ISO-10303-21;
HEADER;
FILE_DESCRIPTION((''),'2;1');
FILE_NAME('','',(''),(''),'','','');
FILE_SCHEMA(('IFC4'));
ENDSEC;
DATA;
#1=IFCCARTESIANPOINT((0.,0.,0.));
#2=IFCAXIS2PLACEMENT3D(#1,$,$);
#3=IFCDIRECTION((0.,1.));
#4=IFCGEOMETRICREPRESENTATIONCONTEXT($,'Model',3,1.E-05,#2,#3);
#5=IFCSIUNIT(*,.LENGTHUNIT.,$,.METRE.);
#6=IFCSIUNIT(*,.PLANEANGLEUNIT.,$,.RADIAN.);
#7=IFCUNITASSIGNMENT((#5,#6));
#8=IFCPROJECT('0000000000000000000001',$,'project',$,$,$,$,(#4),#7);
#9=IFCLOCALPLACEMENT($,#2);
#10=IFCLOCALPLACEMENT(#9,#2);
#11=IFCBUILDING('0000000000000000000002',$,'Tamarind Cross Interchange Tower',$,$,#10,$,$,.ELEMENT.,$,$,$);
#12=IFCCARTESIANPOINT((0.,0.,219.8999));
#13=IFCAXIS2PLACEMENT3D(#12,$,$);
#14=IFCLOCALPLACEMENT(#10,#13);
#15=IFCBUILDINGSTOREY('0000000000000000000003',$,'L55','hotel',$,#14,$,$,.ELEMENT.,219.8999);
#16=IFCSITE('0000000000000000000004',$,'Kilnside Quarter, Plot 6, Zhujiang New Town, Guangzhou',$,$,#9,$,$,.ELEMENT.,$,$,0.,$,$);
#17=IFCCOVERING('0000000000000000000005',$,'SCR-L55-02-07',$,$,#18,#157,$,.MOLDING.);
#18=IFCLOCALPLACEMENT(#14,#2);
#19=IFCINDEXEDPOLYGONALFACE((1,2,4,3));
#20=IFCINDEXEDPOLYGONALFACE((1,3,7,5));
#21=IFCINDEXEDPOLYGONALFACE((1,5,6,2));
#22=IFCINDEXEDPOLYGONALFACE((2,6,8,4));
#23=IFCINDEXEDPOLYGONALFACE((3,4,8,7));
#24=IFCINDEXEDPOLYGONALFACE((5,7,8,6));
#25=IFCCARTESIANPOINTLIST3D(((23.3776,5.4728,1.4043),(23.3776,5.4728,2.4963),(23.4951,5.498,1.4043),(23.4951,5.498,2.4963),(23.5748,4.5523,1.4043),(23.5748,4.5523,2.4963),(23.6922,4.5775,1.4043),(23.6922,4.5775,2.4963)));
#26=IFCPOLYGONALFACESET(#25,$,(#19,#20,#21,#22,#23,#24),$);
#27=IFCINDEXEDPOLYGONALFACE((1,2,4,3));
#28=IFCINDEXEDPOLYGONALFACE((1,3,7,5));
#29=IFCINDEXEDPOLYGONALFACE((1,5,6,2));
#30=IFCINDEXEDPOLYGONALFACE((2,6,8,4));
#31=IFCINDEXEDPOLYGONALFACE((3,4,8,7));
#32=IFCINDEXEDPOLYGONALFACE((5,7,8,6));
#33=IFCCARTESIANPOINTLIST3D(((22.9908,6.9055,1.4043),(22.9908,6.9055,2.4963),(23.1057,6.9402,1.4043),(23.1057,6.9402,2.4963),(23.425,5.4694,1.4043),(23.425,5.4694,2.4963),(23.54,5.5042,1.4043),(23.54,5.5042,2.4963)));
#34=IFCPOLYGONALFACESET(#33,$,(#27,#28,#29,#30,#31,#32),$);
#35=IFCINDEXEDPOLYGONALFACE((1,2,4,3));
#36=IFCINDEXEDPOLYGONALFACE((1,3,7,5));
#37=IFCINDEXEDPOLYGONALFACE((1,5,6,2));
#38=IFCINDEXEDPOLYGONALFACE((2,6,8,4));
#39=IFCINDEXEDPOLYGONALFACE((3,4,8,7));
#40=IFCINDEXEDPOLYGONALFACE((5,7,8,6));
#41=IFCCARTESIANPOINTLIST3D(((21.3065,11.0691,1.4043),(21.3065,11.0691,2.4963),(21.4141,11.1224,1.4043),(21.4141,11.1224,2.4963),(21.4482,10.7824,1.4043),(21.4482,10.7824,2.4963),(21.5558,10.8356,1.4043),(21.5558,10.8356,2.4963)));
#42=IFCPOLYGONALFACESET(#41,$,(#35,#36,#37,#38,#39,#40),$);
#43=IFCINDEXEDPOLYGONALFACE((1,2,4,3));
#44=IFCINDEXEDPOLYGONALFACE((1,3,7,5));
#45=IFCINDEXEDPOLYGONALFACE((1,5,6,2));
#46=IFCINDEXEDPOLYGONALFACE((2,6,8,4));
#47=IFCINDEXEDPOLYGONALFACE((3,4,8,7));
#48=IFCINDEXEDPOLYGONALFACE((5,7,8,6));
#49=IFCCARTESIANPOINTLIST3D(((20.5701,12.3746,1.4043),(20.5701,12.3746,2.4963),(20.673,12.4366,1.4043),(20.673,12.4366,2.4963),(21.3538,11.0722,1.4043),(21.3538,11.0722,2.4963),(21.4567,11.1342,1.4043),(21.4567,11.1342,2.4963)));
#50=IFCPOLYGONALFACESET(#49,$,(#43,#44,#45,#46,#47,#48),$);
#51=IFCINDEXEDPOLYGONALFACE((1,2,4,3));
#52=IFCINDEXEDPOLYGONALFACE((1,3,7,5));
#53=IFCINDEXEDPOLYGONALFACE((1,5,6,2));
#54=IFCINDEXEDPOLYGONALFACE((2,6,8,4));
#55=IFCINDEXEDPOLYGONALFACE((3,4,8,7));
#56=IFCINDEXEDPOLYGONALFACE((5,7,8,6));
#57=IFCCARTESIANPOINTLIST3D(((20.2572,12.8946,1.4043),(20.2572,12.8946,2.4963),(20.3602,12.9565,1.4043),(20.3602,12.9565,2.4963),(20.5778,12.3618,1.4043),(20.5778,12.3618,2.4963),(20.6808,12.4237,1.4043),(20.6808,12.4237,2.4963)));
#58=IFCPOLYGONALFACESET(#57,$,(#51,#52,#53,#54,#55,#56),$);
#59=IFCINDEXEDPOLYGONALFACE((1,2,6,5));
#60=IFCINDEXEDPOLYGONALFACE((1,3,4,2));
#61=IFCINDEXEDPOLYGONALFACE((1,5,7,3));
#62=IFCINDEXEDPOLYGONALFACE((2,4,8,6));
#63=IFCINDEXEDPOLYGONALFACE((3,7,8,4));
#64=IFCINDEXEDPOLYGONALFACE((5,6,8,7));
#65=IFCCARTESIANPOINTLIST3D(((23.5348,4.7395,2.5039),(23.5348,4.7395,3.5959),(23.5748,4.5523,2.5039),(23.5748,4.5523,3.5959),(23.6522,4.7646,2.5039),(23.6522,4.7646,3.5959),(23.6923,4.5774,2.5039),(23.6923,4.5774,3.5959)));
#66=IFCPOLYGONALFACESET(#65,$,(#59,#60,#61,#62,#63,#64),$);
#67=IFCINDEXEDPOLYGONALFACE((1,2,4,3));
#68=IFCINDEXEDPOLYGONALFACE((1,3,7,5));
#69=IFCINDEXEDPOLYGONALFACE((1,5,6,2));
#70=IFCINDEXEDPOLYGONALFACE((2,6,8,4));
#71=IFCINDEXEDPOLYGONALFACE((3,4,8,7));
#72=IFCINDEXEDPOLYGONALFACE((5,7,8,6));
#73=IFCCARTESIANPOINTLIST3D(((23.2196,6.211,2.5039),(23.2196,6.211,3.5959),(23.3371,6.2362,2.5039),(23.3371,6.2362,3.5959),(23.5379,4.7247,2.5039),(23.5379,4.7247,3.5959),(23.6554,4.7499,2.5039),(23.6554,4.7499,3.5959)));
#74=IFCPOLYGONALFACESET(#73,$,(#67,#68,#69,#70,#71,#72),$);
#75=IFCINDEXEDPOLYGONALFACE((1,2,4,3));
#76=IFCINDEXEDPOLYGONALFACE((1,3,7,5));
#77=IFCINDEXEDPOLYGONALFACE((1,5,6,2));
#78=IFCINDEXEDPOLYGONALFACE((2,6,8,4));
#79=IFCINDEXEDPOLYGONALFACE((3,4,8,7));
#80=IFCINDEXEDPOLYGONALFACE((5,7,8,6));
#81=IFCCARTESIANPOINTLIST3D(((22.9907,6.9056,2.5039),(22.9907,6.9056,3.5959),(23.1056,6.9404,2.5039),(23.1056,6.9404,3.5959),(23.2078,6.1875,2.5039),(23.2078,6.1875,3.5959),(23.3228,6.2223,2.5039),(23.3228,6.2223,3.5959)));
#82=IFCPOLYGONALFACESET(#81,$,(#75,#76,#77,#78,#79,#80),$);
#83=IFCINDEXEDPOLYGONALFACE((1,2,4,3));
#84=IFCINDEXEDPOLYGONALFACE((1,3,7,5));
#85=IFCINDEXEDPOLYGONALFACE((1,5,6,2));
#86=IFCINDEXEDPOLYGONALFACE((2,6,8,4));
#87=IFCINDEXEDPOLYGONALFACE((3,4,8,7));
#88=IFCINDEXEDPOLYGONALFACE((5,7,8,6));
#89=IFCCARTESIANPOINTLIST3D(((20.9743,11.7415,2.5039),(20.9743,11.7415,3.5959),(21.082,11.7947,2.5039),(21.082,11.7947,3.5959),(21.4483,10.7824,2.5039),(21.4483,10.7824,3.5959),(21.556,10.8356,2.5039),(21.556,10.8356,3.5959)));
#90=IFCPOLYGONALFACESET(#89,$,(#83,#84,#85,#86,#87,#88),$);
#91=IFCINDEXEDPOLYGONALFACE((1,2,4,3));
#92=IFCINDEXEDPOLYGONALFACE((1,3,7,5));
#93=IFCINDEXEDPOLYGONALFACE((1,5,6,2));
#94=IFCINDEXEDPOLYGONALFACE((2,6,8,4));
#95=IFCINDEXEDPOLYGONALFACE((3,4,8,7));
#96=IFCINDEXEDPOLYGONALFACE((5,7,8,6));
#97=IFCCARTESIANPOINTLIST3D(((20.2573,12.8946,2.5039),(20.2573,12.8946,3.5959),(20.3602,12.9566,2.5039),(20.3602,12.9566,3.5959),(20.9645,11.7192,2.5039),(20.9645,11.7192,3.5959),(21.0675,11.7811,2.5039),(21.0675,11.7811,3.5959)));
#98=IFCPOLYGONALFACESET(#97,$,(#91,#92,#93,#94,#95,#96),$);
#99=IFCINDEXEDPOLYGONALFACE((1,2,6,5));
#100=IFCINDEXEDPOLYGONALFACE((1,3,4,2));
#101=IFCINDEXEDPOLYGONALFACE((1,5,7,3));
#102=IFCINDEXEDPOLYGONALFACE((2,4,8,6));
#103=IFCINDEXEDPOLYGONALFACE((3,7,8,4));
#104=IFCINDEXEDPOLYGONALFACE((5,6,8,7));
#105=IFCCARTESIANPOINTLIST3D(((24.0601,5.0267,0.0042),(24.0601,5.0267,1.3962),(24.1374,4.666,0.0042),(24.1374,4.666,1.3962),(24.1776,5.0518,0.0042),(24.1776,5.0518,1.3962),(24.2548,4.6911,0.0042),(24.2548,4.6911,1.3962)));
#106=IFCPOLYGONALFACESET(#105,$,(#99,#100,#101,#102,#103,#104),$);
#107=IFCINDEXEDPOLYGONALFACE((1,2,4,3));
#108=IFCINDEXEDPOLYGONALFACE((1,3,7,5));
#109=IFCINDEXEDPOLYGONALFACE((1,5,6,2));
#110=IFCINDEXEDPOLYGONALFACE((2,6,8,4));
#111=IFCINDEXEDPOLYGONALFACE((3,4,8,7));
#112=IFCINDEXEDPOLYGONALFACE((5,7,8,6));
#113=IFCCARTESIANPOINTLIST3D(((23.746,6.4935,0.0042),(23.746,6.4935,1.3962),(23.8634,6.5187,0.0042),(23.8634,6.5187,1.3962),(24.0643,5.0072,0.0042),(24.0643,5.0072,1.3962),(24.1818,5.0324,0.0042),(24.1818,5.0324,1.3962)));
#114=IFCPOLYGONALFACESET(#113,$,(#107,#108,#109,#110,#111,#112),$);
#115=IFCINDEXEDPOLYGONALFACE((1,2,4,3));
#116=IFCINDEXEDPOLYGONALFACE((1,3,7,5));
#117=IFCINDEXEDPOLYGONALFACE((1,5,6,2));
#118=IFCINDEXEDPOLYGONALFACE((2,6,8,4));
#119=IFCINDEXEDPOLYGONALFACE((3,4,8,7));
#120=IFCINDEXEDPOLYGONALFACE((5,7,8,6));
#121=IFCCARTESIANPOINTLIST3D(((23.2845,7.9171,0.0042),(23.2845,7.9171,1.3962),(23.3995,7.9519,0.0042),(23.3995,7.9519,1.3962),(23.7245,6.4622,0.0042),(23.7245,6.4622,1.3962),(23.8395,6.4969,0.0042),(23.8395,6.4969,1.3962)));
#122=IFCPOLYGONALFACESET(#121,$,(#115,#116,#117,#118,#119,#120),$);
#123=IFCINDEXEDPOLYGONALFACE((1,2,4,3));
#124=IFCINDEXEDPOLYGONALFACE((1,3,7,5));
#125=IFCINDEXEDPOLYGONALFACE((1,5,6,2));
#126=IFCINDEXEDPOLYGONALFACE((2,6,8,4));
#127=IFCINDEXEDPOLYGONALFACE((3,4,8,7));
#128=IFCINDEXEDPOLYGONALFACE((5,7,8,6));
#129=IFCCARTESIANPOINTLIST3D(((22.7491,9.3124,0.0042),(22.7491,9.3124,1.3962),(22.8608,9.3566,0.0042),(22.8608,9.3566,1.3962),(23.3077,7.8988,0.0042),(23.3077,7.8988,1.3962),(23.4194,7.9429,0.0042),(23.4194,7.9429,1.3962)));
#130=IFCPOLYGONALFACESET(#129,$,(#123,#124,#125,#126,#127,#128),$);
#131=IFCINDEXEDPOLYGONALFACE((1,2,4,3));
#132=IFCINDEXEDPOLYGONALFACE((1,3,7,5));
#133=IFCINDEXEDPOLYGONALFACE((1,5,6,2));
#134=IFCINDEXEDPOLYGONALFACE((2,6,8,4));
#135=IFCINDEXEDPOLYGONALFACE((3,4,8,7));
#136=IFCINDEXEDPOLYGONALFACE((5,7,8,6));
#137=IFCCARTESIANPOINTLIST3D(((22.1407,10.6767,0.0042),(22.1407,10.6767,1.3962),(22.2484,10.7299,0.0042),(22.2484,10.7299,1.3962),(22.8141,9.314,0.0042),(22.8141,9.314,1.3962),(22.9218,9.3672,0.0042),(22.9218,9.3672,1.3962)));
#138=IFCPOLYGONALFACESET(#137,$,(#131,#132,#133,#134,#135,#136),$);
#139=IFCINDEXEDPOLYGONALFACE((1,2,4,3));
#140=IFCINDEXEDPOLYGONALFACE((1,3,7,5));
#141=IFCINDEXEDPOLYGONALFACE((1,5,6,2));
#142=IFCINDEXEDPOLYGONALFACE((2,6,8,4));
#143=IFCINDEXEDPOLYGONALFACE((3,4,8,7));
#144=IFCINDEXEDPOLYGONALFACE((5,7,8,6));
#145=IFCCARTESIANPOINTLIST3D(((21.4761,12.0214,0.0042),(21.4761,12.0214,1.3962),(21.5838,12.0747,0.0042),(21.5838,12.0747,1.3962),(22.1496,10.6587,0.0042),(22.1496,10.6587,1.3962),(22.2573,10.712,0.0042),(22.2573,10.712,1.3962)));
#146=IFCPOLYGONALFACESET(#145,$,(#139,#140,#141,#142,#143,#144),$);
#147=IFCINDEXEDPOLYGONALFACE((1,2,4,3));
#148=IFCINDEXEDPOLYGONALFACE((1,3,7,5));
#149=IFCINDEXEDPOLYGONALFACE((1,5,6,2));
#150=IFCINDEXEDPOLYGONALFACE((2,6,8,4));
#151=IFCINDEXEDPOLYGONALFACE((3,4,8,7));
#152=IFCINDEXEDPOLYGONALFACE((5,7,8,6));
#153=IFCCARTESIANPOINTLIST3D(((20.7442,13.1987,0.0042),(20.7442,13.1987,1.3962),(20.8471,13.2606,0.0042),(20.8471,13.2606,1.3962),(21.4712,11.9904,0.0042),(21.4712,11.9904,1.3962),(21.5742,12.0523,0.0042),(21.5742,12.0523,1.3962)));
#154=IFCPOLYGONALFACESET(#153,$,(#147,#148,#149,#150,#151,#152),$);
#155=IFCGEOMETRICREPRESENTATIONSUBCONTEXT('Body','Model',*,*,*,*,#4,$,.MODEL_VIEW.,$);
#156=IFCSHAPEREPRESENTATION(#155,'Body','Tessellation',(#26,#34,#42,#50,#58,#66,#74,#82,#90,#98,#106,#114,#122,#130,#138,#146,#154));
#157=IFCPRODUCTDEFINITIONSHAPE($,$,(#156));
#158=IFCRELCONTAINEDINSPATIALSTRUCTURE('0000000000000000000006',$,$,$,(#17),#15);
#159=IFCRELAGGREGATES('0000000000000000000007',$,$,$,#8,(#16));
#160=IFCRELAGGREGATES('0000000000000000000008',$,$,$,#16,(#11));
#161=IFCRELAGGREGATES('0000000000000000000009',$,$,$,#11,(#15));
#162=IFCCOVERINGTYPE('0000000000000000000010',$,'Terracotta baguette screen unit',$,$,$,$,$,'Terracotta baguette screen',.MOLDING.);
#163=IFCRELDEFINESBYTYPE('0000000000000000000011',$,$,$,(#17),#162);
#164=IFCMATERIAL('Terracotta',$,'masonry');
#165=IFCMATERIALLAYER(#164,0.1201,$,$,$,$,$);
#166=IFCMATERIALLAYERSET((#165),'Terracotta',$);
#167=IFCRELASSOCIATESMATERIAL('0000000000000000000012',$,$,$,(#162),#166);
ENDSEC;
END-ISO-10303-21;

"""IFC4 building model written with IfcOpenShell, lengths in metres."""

from ifc_helpers import new_model, si_unit, direction, frame, origin, origin_2d, place, context, subcontext, project, spatial, rectangle, extrude, material, layer, layer_set, type_object, element, save


model = new_model("IFC4")

# Units and contexts
model_context = context("Model", 3, precision=1e-05, world=origin(), true_north=direction((0.0, 1.0)))
body_context = subcontext(model_context, "Body", "Model", "MODEL_VIEW")
ifc_project = project(units=[si_unit("LENGTHUNIT", "METRE"), si_unit("PLANEANGLEUNIT", "RADIAN")], contexts=[model_context])

# Site, building, storey
site_placement = place(None, origin())
site = spatial("IfcSite", under=ifc_project, at=site_placement, Name="Kilnside Quarter, Plot 6, Zhujiang New Town, Guangzhou", CompositionType="ELEMENT", RefElevation=0.0)
building_placement = place(site_placement, origin())
building = spatial("IfcBuilding", under=site, at=building_placement, Name="Tamarind Cross Interchange Tower", CompositionType="ELEMENT")
storey_placement = place(building_placement, frame((0.0, 0.0, 219.8999)))
storey = spatial("IfcBuildingStorey", under=building, at=storey_placement, Name="L55", Description="hotel", CompositionType="ELEMENT", Elevation=219.8999)

# Covering
ifc_material_1 = material(Name="Terracotta", Category="masonry")
ifc_layer_1 = layer(ifc_material_1, 0.1201)
ifc_layer_set_1 = layer_set([ifc_layer_1], Name="Terracotta")
covering_type = type_object("IfcCoveringType", Name="Terracotta baguette screen unit", ElementType="Terracotta baguette screen", PredefinedType="MOLDING", material=ifc_layer_set_1)
covering_1_placement = place(storey_placement, origin())
element("IfcCovering", 1, at=covering_1_placement, inside=storey, type_object=covering_type, Name="SCR-L55-02-07", PredefinedType="MOLDING", context=body_context, shape_type="SweptSolid", body=[
    extrude(rectangle(XDim=0.9414, YDim=0.1201, at=origin_2d()), frame((23.5349, 5.0251, 1.4043), z_axis=(0.0, 0.0, 1.0), x_axis=(-0.209425, 0.977825, 0.0)), (0.0, 0.0, 1.0), 1.092),
    extrude(rectangle(XDim=1.5002, YDim=0.1201, at=origin_2d()), frame((23.2654, 6.2048, 1.4043), z_axis=(0.0, 0.0, 1.0), x_axis=(-0.289458, 0.957191, 0.0)), (0.0, 0.0, 1.0), 1.092),
    extrude(rectangle(XDim=0.3198, YDim=0.1201, at=origin_2d()), frame((21.4312, 10.9524, 1.4043), z_axis=(0.0, 0.0, 1.0), x_axis=(-0.443059, 0.896493, 0.0)), (0.0, 0.0, 1.0), 1.092),
    extrude(rectangle(XDim=1.52, YDim=0.1201, at=origin_2d()), frame((21.0134, 11.7544, 1.4043), z_axis=(0.0, 0.0, 1.0), x_axis=(-0.515577, 0.856843, 0.0)), (0.0, 0.0, 1.0), 1.092),
    extrude(rectangle(XDim=0.6218, YDim=0.1201, at=origin_2d()), frame((20.469, 12.6592, 1.4043), z_axis=(0.0, 0.0, 1.0), x_axis=(-0.515577, 0.856843, 0.0)), (0.0, 0.0, 1.0), 1.092),
    extrude(rectangle(XDim=0.1914, YDim=0.1201, at=origin_2d()), frame((23.6135, 4.6584, 2.5039), z_axis=(0.0, 0.0, 1.0), x_axis=(-0.209425, 0.977825, 0.0)), (0.0, 0.0, 1.0), 1.092),
    extrude(rectangle(XDim=1.52, YDim=0.1201, at=origin_2d()), frame((23.4375, 5.4805, 2.5039), z_axis=(0.0, 0.0, 1.0), x_axis=(-0.209425, 0.977825, 0.0)), (0.0, 0.0, 1.0), 1.092),
    extrude(rectangle(XDim=0.7502, YDim=0.1201, at=origin_2d()), frame((23.1567, 6.564, 2.5039), z_axis=(0.0, 0.0, 1.0), x_axis=(-0.289458, 0.957191, 0.0)), (0.0, 0.0, 1.0), 1.092),
    extrude(rectangle(XDim=1.0698, YDim=0.1201, at=origin_2d()), frame((21.2651, 11.2886, 2.5039), z_axis=(0.0, 0.0, 1.0), x_axis=(-0.443059, 0.896493, 0.0)), (0.0, 0.0, 1.0), 1.092),
    extrude(rectangle(XDim=1.3718, YDim=0.1201, at=origin_2d()), frame((20.6624, 12.3379, 2.5039), z_axis=(0.0, 0.0, 1.0), x_axis=(-0.515577, 0.856843, 0.0)), (0.0, 0.0, 1.0), 1.092),
    extrude(rectangle(XDim=0.3689, YDim=0.1201, at=origin_2d()), frame((24.1575, 4.8589, 0.0042), z_axis=(0.0, 0.0, 1.0), x_axis=(-0.209425, 0.977825, 0.0)), (0.0, 0.0, 1.0), 1.3921),
    extrude(rectangle(XDim=1.52, YDim=0.1201, at=origin_2d()), frame((23.9639, 5.7629, 0.0042), z_axis=(0.0, 0.0, 1.0), x_axis=(-0.209425, 0.977825, 0.0)), (0.0, 0.0, 1.0), 1.3921),
    extrude(rectangle(XDim=1.52, YDim=0.1201, at=origin_2d()), frame((23.562, 7.207, 0.0042), z_axis=(0.0, 0.0, 1.0), x_axis=(-0.289458, 0.957191, 0.0)), (0.0, 0.0, 1.0), 1.3921),
    extrude(rectangle(XDim=1.52, YDim=0.1201, at=origin_2d()), frame((23.0842, 8.6277, 0.0042), z_axis=(0.0, 0.0, 1.0), x_axis=(-0.367514, 0.930018, 0.0)), (0.0, 0.0, 1.0), 1.3921),
    extrude(rectangle(XDim=1.52, YDim=0.1201, at=origin_2d()), frame((22.5312, 10.022, 0.0042), z_axis=(0.0, 0.0, 1.0), x_axis=(-0.443059, 0.896493, 0.0)), (0.0, 0.0, 1.0), 1.3921),
    extrude(rectangle(XDim=1.52, YDim=0.1201, at=origin_2d()), frame((21.8667, 11.3667, 0.0042), z_axis=(0.0, 0.0, 1.0), x_axis=(-0.443059, 0.896493, 0.0)), (0.0, 0.0, 1.0), 1.3921),
    extrude(rectangle(XDim=1.4102, YDim=0.1201, at=origin_2d()), frame((21.1592, 12.6255, 0.0042), z_axis=(0.0, 0.0, 1.0), x_axis=(-0.515577, 0.856843, 0.0)), (0.0, 0.0, 1.0), 1.3921),
])

save(model, "model.ifc")
